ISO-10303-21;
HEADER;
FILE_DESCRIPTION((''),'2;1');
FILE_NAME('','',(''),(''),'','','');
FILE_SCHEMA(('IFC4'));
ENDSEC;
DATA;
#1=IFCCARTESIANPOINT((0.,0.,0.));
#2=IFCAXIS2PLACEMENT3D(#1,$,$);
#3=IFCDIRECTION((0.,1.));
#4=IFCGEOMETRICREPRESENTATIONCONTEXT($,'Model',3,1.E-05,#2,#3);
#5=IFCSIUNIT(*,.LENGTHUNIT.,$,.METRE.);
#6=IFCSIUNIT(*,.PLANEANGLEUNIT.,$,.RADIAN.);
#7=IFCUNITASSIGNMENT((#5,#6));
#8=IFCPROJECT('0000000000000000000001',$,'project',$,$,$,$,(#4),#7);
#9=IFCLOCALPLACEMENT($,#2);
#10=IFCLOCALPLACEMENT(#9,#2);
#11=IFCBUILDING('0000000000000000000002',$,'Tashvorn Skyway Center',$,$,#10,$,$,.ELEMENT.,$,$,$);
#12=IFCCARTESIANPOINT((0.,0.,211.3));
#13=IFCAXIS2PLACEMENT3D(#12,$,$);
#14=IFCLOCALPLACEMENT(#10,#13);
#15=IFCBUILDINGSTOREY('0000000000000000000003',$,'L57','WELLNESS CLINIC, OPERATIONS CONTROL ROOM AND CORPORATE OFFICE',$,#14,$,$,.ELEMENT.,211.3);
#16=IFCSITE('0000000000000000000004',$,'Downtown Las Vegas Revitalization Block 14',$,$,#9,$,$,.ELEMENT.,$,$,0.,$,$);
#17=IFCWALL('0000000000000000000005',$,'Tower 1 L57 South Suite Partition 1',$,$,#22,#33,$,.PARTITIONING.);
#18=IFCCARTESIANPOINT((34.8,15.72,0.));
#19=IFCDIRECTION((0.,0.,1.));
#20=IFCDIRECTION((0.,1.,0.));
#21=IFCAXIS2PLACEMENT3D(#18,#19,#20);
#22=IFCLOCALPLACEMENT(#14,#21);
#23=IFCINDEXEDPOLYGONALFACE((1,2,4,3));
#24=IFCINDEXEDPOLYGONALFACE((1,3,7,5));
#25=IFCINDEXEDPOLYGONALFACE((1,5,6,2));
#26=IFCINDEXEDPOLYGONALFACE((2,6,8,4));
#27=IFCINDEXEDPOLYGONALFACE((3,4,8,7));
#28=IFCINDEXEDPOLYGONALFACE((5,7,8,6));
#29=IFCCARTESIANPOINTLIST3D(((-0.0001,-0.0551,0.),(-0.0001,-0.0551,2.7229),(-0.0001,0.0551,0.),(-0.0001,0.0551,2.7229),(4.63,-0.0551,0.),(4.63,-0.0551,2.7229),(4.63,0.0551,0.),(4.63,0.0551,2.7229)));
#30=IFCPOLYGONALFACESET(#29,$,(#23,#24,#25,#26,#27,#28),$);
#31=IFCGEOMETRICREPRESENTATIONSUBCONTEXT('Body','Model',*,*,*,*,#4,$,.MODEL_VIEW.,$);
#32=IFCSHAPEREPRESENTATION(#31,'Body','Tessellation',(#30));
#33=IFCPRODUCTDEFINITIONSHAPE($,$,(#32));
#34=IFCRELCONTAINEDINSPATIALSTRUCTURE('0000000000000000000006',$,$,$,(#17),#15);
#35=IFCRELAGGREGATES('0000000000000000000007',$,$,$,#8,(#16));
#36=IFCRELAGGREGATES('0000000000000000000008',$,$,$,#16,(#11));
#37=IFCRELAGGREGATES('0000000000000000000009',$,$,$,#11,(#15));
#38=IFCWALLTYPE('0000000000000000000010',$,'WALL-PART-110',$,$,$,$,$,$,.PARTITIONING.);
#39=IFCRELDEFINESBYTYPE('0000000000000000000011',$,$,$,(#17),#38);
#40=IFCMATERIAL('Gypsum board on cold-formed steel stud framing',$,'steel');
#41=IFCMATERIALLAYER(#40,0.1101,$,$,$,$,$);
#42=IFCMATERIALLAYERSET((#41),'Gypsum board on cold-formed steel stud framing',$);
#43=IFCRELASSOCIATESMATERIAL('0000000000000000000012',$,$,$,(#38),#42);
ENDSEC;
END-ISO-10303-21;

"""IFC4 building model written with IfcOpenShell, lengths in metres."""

from ifc_helpers import new_model, si_unit, direction, frame, frame_2d, origin, place, context, subcontext, project, spatial, rectangle, extrude, material, layer, layer_set, type_object, element, save


model = new_model("IFC4")

# Units and contexts
model_context = context("Model", 3, precision=1e-05, world=origin(), true_north=direction((0.0, 1.0)))
body_context = subcontext(model_context, "Body", "Model", "MODEL_VIEW")
ifc_project = project(units=[si_unit("LENGTHUNIT", "METRE"), si_unit("PLANEANGLEUNIT", "RADIAN")], contexts=[model_context])

# Site, building, storey
site_placement = place(None, origin())
site = spatial("IfcSite", under=ifc_project, at=site_placement, Name="Downtown Las Vegas Revitalization Block 14", CompositionType="ELEMENT", RefElevation=0.0)
building_placement = place(site_placement, origin())
building = spatial("IfcBuilding", under=site, at=building_placement, Name="Tashvorn Skyway Center", CompositionType="ELEMENT")
storey_placement = place(building_placement, frame((0.0, 0.0, 211.3)))
storey = spatial("IfcBuildingStorey", under=building, at=storey_placement, Name="L57", Description="WELLNESS CLINIC, OPERATIONS CONTROL ROOM AND CORPORATE OFFICE", CompositionType="ELEMENT", Elevation=211.3)

# Wall
ifc_material_1 = material(Name="Gypsum board on cold-formed steel stud framing", Category="steel")
ifc_layer_1 = layer(ifc_material_1, 0.1101)
ifc_layer_set_1 = layer_set([ifc_layer_1], Name="Gypsum board on cold-formed steel stud framing")
wall_type_1 = type_object("IfcWallType", Name="WALL-PART-110", PredefinedType="PARTITIONING", material=ifc_layer_set_1)
wall_1_placement = place(storey_placement, frame((34.8, 15.72, 0.0), z_axis=(0.0, 0.0, 1.0), x_axis=(0.0, 1.0, 0.0)))
element("IfcWall", 1, at=wall_1_placement, inside=storey, type_object=wall_type_1, Name="Tower 1 L57 South Suite Partition 1", PredefinedType="PARTITIONING", context=body_context, shape_type="SweptSolid", body=[
    extrude(rectangle(XDim=4.6301, YDim=0.1101, at=frame_2d((2.3149, 0.0))), origin(), (0.0, 0.0, 1.0), 2.7229),
])

save(model, "model.ifc")
